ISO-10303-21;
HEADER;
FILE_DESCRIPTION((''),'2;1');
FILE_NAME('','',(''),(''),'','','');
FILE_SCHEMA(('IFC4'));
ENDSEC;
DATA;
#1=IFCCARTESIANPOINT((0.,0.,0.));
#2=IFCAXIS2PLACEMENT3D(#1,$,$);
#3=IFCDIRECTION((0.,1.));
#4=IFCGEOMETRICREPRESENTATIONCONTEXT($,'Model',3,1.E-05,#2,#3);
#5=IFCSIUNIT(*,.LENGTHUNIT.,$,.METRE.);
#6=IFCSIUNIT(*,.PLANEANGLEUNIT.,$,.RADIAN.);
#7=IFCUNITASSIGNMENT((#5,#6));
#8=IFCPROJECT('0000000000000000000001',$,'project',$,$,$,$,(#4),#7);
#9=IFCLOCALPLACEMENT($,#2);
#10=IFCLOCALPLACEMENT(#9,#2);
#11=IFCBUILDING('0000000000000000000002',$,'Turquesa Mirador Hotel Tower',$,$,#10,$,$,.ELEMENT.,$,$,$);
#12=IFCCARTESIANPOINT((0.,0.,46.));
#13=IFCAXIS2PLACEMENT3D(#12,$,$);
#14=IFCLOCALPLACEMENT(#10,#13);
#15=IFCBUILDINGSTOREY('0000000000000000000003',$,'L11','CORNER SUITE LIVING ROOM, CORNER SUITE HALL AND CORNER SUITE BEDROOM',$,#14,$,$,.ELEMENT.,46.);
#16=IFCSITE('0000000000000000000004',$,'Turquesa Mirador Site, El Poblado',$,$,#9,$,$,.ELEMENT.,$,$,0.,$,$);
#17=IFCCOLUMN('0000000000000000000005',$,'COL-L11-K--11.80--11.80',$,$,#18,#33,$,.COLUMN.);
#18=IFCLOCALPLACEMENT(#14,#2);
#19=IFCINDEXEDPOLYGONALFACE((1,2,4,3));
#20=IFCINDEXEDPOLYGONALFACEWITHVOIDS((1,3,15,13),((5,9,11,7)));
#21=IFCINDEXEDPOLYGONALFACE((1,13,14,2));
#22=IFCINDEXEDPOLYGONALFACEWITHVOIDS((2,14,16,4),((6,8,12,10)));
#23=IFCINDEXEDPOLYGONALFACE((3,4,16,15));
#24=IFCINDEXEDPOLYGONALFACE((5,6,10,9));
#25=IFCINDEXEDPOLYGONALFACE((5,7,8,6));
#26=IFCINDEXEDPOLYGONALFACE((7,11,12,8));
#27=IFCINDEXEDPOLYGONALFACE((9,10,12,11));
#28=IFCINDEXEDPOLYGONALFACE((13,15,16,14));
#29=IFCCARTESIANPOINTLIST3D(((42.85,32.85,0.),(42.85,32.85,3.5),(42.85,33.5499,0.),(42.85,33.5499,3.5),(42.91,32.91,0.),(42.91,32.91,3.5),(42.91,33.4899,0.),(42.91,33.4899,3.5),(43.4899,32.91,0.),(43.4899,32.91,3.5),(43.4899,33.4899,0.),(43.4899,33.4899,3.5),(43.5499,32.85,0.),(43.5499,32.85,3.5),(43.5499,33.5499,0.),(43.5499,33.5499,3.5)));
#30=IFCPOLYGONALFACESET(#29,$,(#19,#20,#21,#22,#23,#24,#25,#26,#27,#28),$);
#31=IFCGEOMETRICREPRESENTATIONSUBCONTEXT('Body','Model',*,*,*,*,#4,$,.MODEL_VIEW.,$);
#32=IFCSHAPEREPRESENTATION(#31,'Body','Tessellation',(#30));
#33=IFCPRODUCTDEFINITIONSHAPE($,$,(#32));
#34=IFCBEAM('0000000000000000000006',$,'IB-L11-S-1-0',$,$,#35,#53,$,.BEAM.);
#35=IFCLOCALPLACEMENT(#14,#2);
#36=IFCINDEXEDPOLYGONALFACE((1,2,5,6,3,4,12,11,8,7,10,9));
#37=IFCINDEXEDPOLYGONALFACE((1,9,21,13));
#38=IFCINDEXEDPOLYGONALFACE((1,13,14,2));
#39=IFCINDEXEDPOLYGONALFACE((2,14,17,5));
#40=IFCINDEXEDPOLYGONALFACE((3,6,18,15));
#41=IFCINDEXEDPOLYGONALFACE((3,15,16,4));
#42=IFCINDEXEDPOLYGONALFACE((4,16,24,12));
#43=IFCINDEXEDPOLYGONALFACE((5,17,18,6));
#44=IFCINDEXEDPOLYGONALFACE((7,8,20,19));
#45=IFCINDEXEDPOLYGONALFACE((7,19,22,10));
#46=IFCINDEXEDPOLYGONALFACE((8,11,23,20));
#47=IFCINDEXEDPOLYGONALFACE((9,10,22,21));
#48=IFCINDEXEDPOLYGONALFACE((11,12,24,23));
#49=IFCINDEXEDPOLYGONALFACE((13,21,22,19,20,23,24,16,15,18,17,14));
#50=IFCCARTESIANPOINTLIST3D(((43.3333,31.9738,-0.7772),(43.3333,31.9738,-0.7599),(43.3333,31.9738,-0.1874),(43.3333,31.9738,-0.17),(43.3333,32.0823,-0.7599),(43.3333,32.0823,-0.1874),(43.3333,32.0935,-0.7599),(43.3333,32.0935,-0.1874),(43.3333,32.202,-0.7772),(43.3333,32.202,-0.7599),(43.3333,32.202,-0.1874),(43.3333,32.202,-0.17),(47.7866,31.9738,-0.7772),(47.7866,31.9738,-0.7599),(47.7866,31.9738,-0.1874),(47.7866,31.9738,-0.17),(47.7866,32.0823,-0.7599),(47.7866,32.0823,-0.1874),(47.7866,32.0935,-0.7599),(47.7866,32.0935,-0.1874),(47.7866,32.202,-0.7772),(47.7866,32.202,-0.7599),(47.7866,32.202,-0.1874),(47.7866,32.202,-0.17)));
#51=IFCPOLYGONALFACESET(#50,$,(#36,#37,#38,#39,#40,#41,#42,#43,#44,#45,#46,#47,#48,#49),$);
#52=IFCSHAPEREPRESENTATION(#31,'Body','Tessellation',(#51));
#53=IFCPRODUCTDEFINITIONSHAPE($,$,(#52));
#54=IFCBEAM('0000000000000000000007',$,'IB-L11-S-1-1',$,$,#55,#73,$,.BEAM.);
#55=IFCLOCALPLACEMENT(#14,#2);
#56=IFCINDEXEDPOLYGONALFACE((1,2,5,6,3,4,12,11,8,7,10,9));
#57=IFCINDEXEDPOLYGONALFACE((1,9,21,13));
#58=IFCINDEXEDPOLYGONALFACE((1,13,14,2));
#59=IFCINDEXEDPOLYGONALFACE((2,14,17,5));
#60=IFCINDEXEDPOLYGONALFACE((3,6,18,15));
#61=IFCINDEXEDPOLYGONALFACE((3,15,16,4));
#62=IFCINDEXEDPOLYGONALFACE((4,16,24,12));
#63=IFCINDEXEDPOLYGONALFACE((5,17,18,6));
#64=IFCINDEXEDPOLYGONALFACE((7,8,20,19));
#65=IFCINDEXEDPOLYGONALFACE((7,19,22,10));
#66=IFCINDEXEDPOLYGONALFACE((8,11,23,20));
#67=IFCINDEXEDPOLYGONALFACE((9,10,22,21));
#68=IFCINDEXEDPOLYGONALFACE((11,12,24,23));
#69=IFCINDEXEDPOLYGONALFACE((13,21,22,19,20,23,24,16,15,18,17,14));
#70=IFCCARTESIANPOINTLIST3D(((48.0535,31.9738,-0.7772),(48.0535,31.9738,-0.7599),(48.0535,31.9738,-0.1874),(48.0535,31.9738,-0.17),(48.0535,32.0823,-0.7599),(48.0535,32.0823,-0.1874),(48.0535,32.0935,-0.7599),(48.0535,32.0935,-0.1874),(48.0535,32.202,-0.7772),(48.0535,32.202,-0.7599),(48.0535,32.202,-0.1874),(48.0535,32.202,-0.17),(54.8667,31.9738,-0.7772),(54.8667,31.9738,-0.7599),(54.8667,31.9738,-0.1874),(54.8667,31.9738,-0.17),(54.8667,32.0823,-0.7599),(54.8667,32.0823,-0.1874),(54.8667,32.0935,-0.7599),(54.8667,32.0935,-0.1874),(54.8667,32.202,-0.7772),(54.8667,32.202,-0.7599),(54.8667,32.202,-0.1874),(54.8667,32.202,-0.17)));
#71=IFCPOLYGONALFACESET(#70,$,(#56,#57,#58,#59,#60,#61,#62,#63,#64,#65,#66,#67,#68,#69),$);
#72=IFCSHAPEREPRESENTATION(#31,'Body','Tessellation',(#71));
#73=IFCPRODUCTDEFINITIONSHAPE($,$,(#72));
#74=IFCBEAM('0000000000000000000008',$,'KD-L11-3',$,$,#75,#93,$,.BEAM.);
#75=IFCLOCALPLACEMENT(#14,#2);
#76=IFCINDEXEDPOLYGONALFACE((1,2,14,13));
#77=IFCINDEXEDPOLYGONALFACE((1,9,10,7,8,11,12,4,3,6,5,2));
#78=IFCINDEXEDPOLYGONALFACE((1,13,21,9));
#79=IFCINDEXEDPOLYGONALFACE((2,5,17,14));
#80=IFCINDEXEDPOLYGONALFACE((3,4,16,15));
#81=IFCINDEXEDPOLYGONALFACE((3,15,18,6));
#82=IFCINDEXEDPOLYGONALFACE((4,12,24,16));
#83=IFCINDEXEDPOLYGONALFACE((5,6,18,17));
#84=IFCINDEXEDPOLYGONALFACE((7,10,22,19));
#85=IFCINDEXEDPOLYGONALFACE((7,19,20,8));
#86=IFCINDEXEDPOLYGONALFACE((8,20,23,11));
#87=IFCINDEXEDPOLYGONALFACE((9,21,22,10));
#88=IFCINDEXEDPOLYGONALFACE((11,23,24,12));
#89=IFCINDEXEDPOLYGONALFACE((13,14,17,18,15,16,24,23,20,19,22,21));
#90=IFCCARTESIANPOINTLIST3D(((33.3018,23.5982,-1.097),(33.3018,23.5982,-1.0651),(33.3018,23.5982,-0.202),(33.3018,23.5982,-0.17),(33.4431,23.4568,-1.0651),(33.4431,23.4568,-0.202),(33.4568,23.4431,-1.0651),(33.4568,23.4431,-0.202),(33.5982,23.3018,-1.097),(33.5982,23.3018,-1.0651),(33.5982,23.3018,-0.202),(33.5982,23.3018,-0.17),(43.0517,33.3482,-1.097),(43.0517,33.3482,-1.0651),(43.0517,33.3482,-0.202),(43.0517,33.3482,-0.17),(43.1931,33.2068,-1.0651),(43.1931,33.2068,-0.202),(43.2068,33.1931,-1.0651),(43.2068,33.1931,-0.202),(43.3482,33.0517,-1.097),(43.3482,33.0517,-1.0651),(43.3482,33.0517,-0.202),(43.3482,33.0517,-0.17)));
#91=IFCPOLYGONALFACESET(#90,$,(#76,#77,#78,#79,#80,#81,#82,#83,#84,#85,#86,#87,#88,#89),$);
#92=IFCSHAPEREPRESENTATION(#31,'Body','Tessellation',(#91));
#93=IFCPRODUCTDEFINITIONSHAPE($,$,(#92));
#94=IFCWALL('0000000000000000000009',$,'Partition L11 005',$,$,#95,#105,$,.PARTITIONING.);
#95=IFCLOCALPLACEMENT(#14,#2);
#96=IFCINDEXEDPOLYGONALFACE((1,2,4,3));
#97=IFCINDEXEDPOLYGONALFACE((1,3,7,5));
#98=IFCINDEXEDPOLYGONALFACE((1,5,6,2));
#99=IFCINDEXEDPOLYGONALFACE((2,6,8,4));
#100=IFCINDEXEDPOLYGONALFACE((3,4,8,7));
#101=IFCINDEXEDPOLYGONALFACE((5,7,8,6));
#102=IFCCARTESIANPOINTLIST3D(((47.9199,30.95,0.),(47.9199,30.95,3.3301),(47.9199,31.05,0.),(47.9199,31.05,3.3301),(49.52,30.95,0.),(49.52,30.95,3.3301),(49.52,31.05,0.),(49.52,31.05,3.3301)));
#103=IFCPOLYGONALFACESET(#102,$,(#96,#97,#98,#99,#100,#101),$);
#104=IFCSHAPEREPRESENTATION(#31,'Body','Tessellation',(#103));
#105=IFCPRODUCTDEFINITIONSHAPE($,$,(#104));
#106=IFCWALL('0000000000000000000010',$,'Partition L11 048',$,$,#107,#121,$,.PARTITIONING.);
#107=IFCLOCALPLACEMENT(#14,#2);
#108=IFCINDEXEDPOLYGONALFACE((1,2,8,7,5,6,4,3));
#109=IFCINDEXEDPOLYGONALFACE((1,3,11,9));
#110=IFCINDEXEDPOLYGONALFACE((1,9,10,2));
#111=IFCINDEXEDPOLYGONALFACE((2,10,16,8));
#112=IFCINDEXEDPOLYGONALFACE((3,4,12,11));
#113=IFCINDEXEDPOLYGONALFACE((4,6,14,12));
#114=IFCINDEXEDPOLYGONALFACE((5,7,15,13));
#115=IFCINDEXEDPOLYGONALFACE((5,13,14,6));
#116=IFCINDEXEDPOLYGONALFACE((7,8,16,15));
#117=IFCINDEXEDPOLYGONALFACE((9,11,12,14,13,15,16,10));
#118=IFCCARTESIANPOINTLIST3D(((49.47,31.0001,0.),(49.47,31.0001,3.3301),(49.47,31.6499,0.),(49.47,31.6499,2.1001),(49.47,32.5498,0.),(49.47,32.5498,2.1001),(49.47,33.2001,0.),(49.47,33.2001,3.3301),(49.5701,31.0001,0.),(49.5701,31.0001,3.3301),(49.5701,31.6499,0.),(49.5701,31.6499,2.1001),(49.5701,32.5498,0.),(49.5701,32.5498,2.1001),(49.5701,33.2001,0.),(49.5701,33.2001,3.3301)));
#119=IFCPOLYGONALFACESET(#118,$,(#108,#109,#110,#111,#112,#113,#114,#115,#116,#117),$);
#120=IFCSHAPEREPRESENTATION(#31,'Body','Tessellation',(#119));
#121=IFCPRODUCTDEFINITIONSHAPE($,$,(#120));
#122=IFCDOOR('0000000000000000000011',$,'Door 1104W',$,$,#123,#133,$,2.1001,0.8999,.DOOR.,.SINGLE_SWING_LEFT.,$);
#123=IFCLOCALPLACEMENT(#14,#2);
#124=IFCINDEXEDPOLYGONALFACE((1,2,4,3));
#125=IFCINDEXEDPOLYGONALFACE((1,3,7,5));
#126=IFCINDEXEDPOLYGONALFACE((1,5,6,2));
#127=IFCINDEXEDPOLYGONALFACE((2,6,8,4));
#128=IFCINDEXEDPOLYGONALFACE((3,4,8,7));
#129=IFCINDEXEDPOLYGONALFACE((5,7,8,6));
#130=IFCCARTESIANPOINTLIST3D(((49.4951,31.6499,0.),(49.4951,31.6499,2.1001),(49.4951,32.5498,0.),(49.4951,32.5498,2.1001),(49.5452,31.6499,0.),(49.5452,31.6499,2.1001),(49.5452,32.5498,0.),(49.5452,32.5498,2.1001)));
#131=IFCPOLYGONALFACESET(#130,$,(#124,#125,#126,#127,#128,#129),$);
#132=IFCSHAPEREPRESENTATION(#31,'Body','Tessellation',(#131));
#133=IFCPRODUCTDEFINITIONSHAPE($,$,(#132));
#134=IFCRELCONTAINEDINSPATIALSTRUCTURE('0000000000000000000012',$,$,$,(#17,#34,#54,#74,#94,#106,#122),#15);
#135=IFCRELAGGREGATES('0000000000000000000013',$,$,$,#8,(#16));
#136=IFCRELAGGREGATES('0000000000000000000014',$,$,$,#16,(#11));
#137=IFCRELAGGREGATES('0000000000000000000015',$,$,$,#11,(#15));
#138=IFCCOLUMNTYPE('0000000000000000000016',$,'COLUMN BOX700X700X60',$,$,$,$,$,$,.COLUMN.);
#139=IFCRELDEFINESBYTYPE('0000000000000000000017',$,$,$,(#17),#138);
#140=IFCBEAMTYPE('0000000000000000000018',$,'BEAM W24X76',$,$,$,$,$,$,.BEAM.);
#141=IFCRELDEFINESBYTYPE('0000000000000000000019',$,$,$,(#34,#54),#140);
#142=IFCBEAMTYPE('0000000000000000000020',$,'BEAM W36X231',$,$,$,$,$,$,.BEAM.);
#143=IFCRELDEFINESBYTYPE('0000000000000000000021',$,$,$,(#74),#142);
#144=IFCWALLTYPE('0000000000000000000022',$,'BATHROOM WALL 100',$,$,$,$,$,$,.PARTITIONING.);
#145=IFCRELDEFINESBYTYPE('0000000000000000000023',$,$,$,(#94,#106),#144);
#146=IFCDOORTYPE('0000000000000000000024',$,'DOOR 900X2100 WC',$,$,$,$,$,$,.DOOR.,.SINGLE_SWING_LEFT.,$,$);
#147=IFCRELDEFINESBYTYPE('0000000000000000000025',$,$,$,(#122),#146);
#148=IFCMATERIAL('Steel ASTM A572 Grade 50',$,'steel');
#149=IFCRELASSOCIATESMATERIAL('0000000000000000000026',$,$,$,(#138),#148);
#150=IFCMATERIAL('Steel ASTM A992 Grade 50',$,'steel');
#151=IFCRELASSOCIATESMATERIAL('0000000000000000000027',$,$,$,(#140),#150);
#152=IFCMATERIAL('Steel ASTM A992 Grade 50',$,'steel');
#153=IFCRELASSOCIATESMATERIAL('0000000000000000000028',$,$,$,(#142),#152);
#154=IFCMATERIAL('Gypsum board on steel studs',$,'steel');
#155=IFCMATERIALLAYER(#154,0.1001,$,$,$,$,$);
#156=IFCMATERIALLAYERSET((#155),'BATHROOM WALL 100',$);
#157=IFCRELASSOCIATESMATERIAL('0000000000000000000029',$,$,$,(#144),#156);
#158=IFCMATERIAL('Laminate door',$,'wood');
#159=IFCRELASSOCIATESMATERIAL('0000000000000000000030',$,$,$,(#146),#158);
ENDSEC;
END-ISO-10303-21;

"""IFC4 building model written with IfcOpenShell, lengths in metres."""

from ifc_helpers import new_model, si_unit, direction, frame, frame_2d, origin, origin_2d, place, context, subcontext, project, spatial, rectangle, hollow_rectangle, i_section, extrude, material, layer, layer_set, material_profile, profile_set, type_object, element, fill, save


model = new_model("IFC4")

# Units and contexts
model_context = context("Model", 3, precision=1e-05, world=origin(), true_north=direction((0.0, 1.0)))
body_context = subcontext(model_context, "Body", "Model", "MODEL_VIEW")
ifc_project = project(units=[si_unit("LENGTHUNIT", "METRE"), si_unit("PLANEANGLEUNIT", "RADIAN")], contexts=[model_context])

# Site, building, storey
site_placement = place(None, origin())
site = spatial("IfcSite", under=ifc_project, at=site_placement, Name="Turquesa Mirador Site, El Poblado", CompositionType="ELEMENT", RefElevation=0.0)
building_placement = place(site_placement, origin())
building = spatial("IfcBuilding", under=site, at=building_placement, Name="Turquesa Mirador Hotel Tower", CompositionType="ELEMENT")
storey_placement = place(building_placement, frame((0.0, 0.0, 46.0)))
storey = spatial("IfcBuildingStorey", under=building, at=storey_placement, Name="L11", Description="CORNER SUITE LIVING ROOM, CORNER SUITE HALL AND CORNER SUITE BEDROOM", CompositionType="ELEMENT", Elevation=46.0)

# Column
ifc_material_1 = material(Name="Steel ASTM A572 Grade 50", Category="steel")
ifc_material_profile_1 = material_profile(ifc_material_1, hollow_rectangle(XDim=0.7, YDim=0.7, WallThickness=0.0601, at=origin_2d()), Name="BOX700X700X60")
ifc_profile_set_1 = profile_set([ifc_material_profile_1], Name="Steel ASTM A572 Grade 50")
column_type = type_object("IfcColumnType", Name="COLUMN BOX700X700X60", PredefinedType="COLUMN", material=ifc_profile_set_1)
column_placement = place(storey_placement, frame((43.2, 33.2, 0.0), z_axis=(0.0, 0.0, 1.0), x_axis=(1.0, 0.0, 0.0)))
element("IfcColumn", 1, at=column_placement, inside=storey, type_object=column_type, Name="COL-L11-K--11.80--11.80", PredefinedType="COLUMN", context=body_context, shape_type="SweptSolid", body=[
    extrude(hollow_rectangle(XDim=0.7, YDim=0.7, WallThickness=0.0601, at=origin_2d()), origin(), (0.0, 0.0, 1.0), 3.5),
])

# Beams
ifc_material_2 = material(Name="Steel ASTM A992 Grade 50", Category="steel")
ifc_material_profile_2 = material_profile(ifc_material_2, i_section(OverallWidth=0.2283, OverallDepth=0.6072, WebThickness=0.0112, FlangeThickness=0.0173, at=origin_2d()), Name="W24X76")
ifc_profile_set_2 = profile_set([ifc_material_profile_2], Name="Steel ASTM A992 Grade 50")
beam_type_1 = type_object("IfcBeamType", Name="BEAM W24X76", PredefinedType="BEAM", material=ifc_profile_set_2)
beam_1_placement = place(storey_placement, frame((43.3333, 32.0879, -0.4736), z_axis=(1.0, 0.0, 0.0), x_axis=(0.0, 1.0, 0.0)))
element("IfcBeam", 2, at=beam_1_placement, inside=storey, type_object=beam_type_1, Name="IB-L11-S-1-0", PredefinedType="BEAM", context=body_context, shape_type="SweptSolid", body=[
    extrude(i_section(OverallWidth=0.2283, OverallDepth=0.6072, WebThickness=0.0112, FlangeThickness=0.0173, at=origin_2d()), origin(), (0.0, 0.0, 1.0), 4.4534),
])
beam_2_placement = place(storey_placement, frame((48.0535, 32.0879, -0.4736), z_axis=(1.0, 0.0, 0.0), x_axis=(0.0, 1.0, 0.0)))
element("IfcBeam", 3, at=beam_2_placement, inside=storey, type_object=beam_type_1, Name="IB-L11-S-1-1", PredefinedType="BEAM", context=body_context, shape_type="SweptSolid", body=[
    extrude(i_section(OverallWidth=0.2283, OverallDepth=0.6072, WebThickness=0.0112, FlangeThickness=0.0173, at=origin_2d()), origin(), (0.0, 0.0, 1.0), 6.8132),
])
ifc_material_3 = material(Name="Steel ASTM A992 Grade 50", Category="steel")
ifc_material_profile_3 = material_profile(ifc_material_3, i_section(OverallWidth=0.4192, OverallDepth=0.927, WebThickness=0.0193, FlangeThickness=0.032, at=origin_2d()), Name="W36X231")
ifc_profile_set_3 = profile_set([ifc_material_profile_3], Name="Steel ASTM A992 Grade 50")
beam_type_2 = type_object("IfcBeamType", Name="BEAM W36X231", PredefinedType="BEAM", material=ifc_profile_set_3)
beam_3_placement = place(storey_placement, frame((43.2, 33.2, -0.6335), z_axis=(-0.707107, -0.707107, 0.0), x_axis=(0.707107, -0.707107, 0.0)))
element("IfcBeam", 4, at=beam_3_placement, inside=storey, type_object=beam_type_2, Name="KD-L11-3", PredefinedType="BEAM", context=body_context, shape_type="SweptSolid", body=[
    extrude(i_section(OverallWidth=0.4192, OverallDepth=0.927, WebThickness=0.0193, FlangeThickness=0.032, at=origin_2d()), origin(), (0.0, 0.0, 1.0), 13.7886),
])

# Wall
ifc_material_4 = material(Name="Gypsum board on steel studs", Category="steel")
ifc_layer_1 = layer(ifc_material_4, 0.1001)
ifc_layer_set_1 = layer_set([ifc_layer_1], Name="BATHROOM WALL 100")
wall_type_1 = type_object("IfcWallType", Name="BATHROOM WALL 100", PredefinedType="PARTITIONING", material=ifc_layer_set_1)
wall_1_placement = place(storey_placement, frame((47.9199, 31.0, 0.0), z_axis=(0.0, 0.0, 1.0), x_axis=(1.0, 0.0, 0.0)))
element("IfcWall", 5, at=wall_1_placement, inside=storey, type_object=wall_type_1, Name="Partition L11 005", PredefinedType="PARTITIONING", context=body_context, shape_type="SweptSolid", body=[
    extrude(rectangle(XDim=1.6001, YDim=0.1001, at=frame_2d((0.8, 0.0))), origin(), (0.0, 0.0, 1.0), 3.3301),
])

# Wall, opening, door
wall_2_placement = place(storey_placement, frame((49.52, 31.0, 0.0), z_axis=(0.0, 0.0, 1.0), x_axis=(0.0, 1.0, 0.0)))
wall_2 = element("IfcWall", 6, at=wall_2_placement, inside=storey, type_object=wall_type_1, Name="Partition L11 048", PredefinedType="PARTITIONING", context=body_context, shape_type="SweptSolid", body=[
    extrude(rectangle(XDim=2.2, YDim=0.1001, at=frame_2d((1.1001, 0.0))), origin(), (0.0, 0.0, 1.0), 3.3301),
])
opening_1_placement = place(wall_2_placement, frame((0.6499, 0.0, 0.0)))
opening_1 = element("IfcOpeningElement", 7, at=opening_1_placement, cuts=wall_2, PredefinedType="OPENING", context=body_context, shape_type="SweptSolid", body=[
    extrude(rectangle(XDim=0.8999, YDim=2.1001, at=frame_2d((0.45, 1.05))), frame((0.0, 0.0601, 0.0), z_axis=(0.0, -1.0, 0.0), x_axis=(1.0, 0.0, 0.0)), (0.0, 0.0, 1.0), 0.1201),
])
ifc_material_5 = material(Name="Laminate door", Category="wood")
door_type_1 = type_object("IfcDoorType", Name="DOOR 900X2100 WC", OperationType="SINGLE_SWING_LEFT", PredefinedType="DOOR", material=ifc_material_5)
door_1_placement = place(opening_1_placement, origin())
door_1 = element("IfcDoor", 8, at=door_1_placement, inside=storey, type_object=door_type_1, Name="Door 1104W", OperationType="SINGLE_SWING_LEFT", OverallHeight=2.1001, OverallWidth=0.8999, PredefinedType="DOOR", context=body_context, shape_type="SweptSolid", body=[
    extrude(rectangle(XDim=0.8999, YDim=2.1001, at=frame_2d((0.45, 1.05))), frame((0.0, 0.0249, 0.0), z_axis=(0.0, -1.0, 0.0), x_axis=(1.0, 0.0, 0.0)), (0.0, 0.0, 1.0), 0.05),
])
fill(opening_1, door_1)

save(model, "model.ifc")
